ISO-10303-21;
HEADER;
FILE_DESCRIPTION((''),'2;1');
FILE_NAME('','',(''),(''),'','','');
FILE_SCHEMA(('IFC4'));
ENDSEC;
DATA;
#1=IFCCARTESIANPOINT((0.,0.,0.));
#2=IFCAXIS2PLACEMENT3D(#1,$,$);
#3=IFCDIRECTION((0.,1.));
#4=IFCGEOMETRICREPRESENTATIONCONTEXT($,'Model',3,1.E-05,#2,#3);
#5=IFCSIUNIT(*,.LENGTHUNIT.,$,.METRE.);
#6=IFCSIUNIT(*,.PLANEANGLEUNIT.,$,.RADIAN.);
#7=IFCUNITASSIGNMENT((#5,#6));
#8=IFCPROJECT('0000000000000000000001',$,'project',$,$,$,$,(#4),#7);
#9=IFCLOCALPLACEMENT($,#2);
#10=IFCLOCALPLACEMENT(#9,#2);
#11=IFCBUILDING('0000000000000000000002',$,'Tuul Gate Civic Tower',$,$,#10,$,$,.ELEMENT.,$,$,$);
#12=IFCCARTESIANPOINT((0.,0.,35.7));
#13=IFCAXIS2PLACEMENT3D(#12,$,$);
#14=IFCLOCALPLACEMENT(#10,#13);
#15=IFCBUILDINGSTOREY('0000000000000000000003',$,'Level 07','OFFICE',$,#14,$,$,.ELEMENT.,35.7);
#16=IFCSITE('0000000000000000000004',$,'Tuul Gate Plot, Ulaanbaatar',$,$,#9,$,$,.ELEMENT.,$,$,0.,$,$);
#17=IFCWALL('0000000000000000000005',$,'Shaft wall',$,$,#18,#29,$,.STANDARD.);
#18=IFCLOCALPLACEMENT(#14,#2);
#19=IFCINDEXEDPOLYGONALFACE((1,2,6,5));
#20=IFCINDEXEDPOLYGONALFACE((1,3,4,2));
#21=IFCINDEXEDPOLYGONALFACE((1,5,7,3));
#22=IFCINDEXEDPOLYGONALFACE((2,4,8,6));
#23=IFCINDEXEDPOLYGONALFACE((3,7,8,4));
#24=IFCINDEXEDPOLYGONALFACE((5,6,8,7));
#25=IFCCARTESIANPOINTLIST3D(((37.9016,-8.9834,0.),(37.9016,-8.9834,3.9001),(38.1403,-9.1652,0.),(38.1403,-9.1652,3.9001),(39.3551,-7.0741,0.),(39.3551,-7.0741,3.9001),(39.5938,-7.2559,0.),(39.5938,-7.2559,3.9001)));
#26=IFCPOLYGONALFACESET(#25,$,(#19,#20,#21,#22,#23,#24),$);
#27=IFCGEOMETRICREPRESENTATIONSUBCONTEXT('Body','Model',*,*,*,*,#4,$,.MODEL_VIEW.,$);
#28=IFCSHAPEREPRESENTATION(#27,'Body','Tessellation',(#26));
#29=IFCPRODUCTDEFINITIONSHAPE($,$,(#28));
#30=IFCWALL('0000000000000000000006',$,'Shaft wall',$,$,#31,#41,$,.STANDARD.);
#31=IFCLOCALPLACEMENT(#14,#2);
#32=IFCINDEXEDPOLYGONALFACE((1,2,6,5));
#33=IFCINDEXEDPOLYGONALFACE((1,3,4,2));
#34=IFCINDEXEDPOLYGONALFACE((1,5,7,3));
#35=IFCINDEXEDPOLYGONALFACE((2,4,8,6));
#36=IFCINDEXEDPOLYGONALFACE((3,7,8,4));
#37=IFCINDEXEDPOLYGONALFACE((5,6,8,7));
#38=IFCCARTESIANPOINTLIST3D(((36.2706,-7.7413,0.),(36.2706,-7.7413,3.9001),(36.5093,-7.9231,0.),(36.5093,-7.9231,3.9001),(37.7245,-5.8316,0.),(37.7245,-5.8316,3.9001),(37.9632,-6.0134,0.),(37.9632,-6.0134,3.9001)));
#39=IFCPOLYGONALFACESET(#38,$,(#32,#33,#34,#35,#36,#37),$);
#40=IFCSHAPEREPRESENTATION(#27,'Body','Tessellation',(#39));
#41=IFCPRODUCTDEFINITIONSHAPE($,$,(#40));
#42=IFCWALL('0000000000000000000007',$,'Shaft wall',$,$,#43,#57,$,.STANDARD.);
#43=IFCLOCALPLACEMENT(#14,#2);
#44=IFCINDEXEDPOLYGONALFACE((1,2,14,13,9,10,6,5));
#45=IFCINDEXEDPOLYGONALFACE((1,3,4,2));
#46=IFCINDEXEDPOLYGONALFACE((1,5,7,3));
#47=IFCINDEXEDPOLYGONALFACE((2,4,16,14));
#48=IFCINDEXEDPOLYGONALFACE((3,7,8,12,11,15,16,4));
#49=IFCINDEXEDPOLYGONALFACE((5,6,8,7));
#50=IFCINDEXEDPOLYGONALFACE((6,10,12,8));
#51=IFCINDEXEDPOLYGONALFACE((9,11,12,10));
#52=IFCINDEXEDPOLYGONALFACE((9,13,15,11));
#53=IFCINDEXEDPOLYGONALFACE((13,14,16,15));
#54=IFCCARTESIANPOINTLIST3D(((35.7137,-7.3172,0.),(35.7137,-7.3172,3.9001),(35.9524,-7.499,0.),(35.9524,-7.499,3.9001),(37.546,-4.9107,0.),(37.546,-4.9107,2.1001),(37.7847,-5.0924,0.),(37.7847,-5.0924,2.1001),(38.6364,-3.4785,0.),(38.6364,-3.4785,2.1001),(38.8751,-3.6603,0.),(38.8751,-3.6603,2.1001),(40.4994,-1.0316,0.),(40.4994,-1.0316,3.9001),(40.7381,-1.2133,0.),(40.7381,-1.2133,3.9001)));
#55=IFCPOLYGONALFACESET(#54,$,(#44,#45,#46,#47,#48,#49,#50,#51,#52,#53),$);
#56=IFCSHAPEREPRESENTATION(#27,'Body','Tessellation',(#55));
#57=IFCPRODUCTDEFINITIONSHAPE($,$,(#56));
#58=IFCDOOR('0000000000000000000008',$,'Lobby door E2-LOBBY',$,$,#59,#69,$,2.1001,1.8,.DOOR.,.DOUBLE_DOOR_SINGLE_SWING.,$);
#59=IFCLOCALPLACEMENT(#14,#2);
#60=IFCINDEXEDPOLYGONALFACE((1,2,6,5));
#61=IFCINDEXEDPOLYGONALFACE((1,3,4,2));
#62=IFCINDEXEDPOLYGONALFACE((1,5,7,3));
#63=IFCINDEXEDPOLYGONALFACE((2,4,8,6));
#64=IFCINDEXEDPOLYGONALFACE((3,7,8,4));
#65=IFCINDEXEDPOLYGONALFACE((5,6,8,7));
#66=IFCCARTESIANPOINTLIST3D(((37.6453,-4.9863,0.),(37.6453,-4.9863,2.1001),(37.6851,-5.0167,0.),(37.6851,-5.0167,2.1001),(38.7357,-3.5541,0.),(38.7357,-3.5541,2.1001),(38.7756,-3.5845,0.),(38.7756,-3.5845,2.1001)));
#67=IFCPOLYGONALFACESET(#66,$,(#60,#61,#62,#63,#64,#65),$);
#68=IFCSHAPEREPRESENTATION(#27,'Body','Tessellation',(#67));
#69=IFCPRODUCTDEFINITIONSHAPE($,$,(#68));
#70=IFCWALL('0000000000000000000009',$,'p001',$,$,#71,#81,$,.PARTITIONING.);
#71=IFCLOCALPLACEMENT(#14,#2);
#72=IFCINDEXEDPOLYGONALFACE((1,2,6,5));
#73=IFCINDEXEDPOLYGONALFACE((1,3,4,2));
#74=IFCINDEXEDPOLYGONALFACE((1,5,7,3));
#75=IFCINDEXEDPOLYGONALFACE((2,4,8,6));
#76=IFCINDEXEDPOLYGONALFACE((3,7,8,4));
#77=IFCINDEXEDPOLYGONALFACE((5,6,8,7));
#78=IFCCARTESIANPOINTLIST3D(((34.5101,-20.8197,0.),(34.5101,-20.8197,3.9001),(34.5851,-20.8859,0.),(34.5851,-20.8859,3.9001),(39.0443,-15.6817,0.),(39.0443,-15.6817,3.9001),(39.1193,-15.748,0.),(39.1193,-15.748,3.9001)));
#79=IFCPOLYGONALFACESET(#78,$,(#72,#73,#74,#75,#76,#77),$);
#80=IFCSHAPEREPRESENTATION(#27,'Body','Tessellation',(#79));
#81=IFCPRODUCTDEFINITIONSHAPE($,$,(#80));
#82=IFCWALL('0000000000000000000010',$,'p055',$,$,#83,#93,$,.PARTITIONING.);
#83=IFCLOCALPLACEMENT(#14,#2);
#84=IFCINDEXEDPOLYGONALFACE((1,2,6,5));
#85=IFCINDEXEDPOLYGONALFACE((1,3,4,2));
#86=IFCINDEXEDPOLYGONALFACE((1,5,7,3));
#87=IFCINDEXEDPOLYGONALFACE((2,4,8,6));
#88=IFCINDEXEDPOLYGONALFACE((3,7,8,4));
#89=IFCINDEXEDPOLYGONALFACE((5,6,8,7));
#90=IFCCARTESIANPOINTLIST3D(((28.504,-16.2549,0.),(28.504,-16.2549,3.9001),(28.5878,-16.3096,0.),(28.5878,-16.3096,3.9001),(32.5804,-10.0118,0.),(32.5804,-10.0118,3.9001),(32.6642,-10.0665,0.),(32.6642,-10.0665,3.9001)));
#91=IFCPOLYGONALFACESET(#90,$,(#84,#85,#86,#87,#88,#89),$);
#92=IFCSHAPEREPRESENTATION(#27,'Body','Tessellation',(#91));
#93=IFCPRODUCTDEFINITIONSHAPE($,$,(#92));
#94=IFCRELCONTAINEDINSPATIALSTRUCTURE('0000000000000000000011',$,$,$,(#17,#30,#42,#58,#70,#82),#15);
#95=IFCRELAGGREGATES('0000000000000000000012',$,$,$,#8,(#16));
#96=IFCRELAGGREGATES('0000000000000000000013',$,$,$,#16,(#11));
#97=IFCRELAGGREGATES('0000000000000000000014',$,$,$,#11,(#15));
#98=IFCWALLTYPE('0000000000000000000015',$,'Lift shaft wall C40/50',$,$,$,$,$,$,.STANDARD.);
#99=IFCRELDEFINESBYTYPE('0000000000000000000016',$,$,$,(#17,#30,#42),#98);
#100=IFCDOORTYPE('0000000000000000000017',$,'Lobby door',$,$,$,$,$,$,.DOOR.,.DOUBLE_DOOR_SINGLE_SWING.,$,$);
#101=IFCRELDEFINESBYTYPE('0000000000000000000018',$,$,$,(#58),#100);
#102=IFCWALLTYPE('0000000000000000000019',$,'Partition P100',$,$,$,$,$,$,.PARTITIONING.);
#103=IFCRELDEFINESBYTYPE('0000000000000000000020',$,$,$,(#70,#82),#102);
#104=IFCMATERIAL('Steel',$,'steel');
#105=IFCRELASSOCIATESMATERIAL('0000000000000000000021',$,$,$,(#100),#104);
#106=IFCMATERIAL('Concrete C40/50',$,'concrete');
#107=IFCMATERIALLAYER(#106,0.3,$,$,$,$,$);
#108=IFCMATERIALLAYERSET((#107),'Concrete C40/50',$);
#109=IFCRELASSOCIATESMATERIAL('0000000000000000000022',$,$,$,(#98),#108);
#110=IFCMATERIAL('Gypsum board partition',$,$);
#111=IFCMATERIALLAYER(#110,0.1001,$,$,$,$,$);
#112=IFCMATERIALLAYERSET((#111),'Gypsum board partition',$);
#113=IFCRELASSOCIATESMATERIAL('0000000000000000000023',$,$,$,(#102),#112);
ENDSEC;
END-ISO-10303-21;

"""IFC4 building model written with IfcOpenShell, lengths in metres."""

from ifc_helpers import new_model, si_unit, direction, frame, frame_2d, origin, place, context, subcontext, project, spatial, rectangle, extrude, material, layer, layer_set, type_object, element, fill, save


model = new_model("IFC4")

# Units and contexts
model_context = context("Model", 3, precision=1e-05, world=origin(), true_north=direction((0.0, 1.0)))
body_context = subcontext(model_context, "Body", "Model", "MODEL_VIEW")
ifc_project = project(units=[si_unit("LENGTHUNIT", "METRE"), si_unit("PLANEANGLEUNIT", "RADIAN")], contexts=[model_context])

# Site, building, storey
site_placement = place(None, origin())
site = spatial("IfcSite", under=ifc_project, at=site_placement, Name="Tuul Gate Plot, Ulaanbaatar", CompositionType="ELEMENT", RefElevation=0.0)
building_placement = place(site_placement, origin())
building = spatial("IfcBuilding", under=site, at=building_placement, Name="Tuul Gate Civic Tower", CompositionType="ELEMENT")
storey_placement = place(building_placement, frame((0.0, 0.0, 35.7)))
storey = spatial("IfcBuildingStorey", under=building, at=storey_placement, Name="Level 07", Description="OFFICE", CompositionType="ELEMENT", Elevation=35.7)

# Shared definitions
ifc_material_1 = material(Name="Steel", Category="steel")
door_type_1 = type_object("IfcDoorType", Name="Lobby door", OperationType="DOUBLE_DOOR_SINGLE_SWING", PredefinedType="DOOR", material=ifc_material_1)

# Walls
ifc_material_2 = material(Name="Concrete C40/50", Category="concrete")
ifc_layer_1 = layer(ifc_material_2, 0.3)
ifc_layer_set_1 = layer_set([ifc_layer_1], Name="Concrete C40/50")
wall_type_1 = type_object("IfcWallType", Name="Lift shaft wall C40/50", PredefinedType="STANDARD", material=ifc_layer_set_1)
wall_1_placement = place(storey_placement, frame((38.021, -9.0742, 0.0), z_axis=(0.0, 0.0, 1.0), x_axis=(0.605731, 0.79567, 0.0)))
element("IfcWall", 1, at=wall_1_placement, inside=storey, type_object=wall_type_1, Name="Shaft wall", PredefinedType="STANDARD", context=body_context, shape_type="SweptSolid", body=[
    extrude(rectangle(XDim=2.3997, YDim=0.3, at=frame_2d((1.1997, 0.0))), origin(), (0.0, 0.0, 1.0), 3.9001),
])
wall_2_placement = place(storey_placement, frame((36.3899, -7.8323, 0.0), z_axis=(0.0, 0.0, 1.0), x_axis=(0.605746, 0.795658, 0.0)))
element("IfcWall", 2, at=wall_2_placement, inside=storey, type_object=wall_type_1, Name="Shaft wall", PredefinedType="STANDARD", context=body_context, shape_type="SweptSolid", body=[
    extrude(rectangle(XDim=2.4001, YDim=0.3, at=frame_2d((1.2002, 0.0))), origin(), (0.0, 0.0, 1.0), 3.9001),
])

# Wall, opening, door
wall_3_placement = place(storey_placement, frame((35.833, -7.4082, 0.0), z_axis=(0.0, 0.0, 1.0), x_axis=(0.605769, 0.79564, 0.0)))
wall_3 = element("IfcWall", 3, at=wall_3_placement, inside=storey, type_object=wall_type_1, Name="Shaft wall", PredefinedType="STANDARD", context=body_context, shape_type="SweptSolid", body=[
    extrude(rectangle(XDim=7.9001, YDim=0.3, at=frame_2d((3.9502, 0.0))), origin(), (0.0, 0.0, 1.0), 3.9001),
])
opening_1_placement = place(wall_3_placement, frame((3.0249, 0.0, 0.0)))
opening_1 = element("IfcOpeningElement", 4, at=opening_1_placement, cuts=wall_3, PredefinedType="OPENING", context=body_context, shape_type="SweptSolid", body=[
    extrude(rectangle(XDim=1.8, YDim=2.1001, at=frame_2d((0.8999, 1.05))), frame((0.0, 0.1602, 0.0), z_axis=(0.0, -1.0, 0.0), x_axis=(1.0, 0.0, 0.0)), (0.0, 0.0, 1.0), 0.3201),
])
door_1_placement = place(opening_1_placement, frame((1.8, 0.0, 0.0), z_axis=(0.0, 0.0, 1.0), x_axis=(-1.0, 0.0, 0.0)))
door_1 = element("IfcDoor", 5, at=door_1_placement, inside=storey, type_object=door_type_1, Name="Lobby door E2-LOBBY", OperationType="DOUBLE_DOOR_SINGLE_SWING", OverallHeight=2.1001, OverallWidth=1.8, PredefinedType="DOOR", context=body_context, shape_type="SweptSolid", body=[
    extrude(rectangle(XDim=1.8, YDim=2.1001, at=frame_2d((0.9001, 1.05))), frame((0.0, 0.0249, 0.0), z_axis=(0.0, -1.0, 0.0), x_axis=(1.0, 0.0, 0.0)), (0.0, 0.0, 1.0), 0.05),
])
fill(opening_1, door_1)

# Walls
ifc_material_3 = material(Name="Gypsum board partition")
ifc_layer_2 = layer(ifc_material_3, 0.1001)
ifc_layer_set_2 = layer_set([ifc_layer_2], Name="Gypsum board partition")
wall_type_2 = type_object("IfcWallType", Name="Partition P100", PredefinedType="PARTITIONING", material=ifc_layer_set_2)
wall_4_placement = place(storey_placement, frame((34.5476, -20.8528, 0.0), z_axis=(0.0, 0.0, 1.0), x_axis=(0.661679, 0.749787, 0.0)))
element("IfcWall", 6, at=wall_4_placement, inside=storey, type_object=wall_type_2, Name="p001", PredefinedType="PARTITIONING", context=body_context, shape_type="SweptSolid", body=[
    extrude(rectangle(XDim=6.8525, YDim=0.1001, at=frame_2d((3.4263, 0.0))), origin(), (0.0, 0.0, 1.0), 3.9001),
])
wall_5_placement = place(storey_placement, frame((28.5459, -16.2822, 0.0), z_axis=(0.0, 0.0, 1.0), x_axis=(0.546718, 0.837317, 0.0)))
element("IfcWall", 7, at=wall_5_placement, inside=storey, type_object=wall_type_2, Name="p055", PredefinedType="PARTITIONING", context=body_context, shape_type="SweptSolid", body=[
    extrude(rectangle(XDim=7.4561, YDim=0.1001, at=frame_2d((3.728, 0.0))), origin(), (0.0, 0.0, 1.0), 3.9001),
])

save(model, "model.ifc")
